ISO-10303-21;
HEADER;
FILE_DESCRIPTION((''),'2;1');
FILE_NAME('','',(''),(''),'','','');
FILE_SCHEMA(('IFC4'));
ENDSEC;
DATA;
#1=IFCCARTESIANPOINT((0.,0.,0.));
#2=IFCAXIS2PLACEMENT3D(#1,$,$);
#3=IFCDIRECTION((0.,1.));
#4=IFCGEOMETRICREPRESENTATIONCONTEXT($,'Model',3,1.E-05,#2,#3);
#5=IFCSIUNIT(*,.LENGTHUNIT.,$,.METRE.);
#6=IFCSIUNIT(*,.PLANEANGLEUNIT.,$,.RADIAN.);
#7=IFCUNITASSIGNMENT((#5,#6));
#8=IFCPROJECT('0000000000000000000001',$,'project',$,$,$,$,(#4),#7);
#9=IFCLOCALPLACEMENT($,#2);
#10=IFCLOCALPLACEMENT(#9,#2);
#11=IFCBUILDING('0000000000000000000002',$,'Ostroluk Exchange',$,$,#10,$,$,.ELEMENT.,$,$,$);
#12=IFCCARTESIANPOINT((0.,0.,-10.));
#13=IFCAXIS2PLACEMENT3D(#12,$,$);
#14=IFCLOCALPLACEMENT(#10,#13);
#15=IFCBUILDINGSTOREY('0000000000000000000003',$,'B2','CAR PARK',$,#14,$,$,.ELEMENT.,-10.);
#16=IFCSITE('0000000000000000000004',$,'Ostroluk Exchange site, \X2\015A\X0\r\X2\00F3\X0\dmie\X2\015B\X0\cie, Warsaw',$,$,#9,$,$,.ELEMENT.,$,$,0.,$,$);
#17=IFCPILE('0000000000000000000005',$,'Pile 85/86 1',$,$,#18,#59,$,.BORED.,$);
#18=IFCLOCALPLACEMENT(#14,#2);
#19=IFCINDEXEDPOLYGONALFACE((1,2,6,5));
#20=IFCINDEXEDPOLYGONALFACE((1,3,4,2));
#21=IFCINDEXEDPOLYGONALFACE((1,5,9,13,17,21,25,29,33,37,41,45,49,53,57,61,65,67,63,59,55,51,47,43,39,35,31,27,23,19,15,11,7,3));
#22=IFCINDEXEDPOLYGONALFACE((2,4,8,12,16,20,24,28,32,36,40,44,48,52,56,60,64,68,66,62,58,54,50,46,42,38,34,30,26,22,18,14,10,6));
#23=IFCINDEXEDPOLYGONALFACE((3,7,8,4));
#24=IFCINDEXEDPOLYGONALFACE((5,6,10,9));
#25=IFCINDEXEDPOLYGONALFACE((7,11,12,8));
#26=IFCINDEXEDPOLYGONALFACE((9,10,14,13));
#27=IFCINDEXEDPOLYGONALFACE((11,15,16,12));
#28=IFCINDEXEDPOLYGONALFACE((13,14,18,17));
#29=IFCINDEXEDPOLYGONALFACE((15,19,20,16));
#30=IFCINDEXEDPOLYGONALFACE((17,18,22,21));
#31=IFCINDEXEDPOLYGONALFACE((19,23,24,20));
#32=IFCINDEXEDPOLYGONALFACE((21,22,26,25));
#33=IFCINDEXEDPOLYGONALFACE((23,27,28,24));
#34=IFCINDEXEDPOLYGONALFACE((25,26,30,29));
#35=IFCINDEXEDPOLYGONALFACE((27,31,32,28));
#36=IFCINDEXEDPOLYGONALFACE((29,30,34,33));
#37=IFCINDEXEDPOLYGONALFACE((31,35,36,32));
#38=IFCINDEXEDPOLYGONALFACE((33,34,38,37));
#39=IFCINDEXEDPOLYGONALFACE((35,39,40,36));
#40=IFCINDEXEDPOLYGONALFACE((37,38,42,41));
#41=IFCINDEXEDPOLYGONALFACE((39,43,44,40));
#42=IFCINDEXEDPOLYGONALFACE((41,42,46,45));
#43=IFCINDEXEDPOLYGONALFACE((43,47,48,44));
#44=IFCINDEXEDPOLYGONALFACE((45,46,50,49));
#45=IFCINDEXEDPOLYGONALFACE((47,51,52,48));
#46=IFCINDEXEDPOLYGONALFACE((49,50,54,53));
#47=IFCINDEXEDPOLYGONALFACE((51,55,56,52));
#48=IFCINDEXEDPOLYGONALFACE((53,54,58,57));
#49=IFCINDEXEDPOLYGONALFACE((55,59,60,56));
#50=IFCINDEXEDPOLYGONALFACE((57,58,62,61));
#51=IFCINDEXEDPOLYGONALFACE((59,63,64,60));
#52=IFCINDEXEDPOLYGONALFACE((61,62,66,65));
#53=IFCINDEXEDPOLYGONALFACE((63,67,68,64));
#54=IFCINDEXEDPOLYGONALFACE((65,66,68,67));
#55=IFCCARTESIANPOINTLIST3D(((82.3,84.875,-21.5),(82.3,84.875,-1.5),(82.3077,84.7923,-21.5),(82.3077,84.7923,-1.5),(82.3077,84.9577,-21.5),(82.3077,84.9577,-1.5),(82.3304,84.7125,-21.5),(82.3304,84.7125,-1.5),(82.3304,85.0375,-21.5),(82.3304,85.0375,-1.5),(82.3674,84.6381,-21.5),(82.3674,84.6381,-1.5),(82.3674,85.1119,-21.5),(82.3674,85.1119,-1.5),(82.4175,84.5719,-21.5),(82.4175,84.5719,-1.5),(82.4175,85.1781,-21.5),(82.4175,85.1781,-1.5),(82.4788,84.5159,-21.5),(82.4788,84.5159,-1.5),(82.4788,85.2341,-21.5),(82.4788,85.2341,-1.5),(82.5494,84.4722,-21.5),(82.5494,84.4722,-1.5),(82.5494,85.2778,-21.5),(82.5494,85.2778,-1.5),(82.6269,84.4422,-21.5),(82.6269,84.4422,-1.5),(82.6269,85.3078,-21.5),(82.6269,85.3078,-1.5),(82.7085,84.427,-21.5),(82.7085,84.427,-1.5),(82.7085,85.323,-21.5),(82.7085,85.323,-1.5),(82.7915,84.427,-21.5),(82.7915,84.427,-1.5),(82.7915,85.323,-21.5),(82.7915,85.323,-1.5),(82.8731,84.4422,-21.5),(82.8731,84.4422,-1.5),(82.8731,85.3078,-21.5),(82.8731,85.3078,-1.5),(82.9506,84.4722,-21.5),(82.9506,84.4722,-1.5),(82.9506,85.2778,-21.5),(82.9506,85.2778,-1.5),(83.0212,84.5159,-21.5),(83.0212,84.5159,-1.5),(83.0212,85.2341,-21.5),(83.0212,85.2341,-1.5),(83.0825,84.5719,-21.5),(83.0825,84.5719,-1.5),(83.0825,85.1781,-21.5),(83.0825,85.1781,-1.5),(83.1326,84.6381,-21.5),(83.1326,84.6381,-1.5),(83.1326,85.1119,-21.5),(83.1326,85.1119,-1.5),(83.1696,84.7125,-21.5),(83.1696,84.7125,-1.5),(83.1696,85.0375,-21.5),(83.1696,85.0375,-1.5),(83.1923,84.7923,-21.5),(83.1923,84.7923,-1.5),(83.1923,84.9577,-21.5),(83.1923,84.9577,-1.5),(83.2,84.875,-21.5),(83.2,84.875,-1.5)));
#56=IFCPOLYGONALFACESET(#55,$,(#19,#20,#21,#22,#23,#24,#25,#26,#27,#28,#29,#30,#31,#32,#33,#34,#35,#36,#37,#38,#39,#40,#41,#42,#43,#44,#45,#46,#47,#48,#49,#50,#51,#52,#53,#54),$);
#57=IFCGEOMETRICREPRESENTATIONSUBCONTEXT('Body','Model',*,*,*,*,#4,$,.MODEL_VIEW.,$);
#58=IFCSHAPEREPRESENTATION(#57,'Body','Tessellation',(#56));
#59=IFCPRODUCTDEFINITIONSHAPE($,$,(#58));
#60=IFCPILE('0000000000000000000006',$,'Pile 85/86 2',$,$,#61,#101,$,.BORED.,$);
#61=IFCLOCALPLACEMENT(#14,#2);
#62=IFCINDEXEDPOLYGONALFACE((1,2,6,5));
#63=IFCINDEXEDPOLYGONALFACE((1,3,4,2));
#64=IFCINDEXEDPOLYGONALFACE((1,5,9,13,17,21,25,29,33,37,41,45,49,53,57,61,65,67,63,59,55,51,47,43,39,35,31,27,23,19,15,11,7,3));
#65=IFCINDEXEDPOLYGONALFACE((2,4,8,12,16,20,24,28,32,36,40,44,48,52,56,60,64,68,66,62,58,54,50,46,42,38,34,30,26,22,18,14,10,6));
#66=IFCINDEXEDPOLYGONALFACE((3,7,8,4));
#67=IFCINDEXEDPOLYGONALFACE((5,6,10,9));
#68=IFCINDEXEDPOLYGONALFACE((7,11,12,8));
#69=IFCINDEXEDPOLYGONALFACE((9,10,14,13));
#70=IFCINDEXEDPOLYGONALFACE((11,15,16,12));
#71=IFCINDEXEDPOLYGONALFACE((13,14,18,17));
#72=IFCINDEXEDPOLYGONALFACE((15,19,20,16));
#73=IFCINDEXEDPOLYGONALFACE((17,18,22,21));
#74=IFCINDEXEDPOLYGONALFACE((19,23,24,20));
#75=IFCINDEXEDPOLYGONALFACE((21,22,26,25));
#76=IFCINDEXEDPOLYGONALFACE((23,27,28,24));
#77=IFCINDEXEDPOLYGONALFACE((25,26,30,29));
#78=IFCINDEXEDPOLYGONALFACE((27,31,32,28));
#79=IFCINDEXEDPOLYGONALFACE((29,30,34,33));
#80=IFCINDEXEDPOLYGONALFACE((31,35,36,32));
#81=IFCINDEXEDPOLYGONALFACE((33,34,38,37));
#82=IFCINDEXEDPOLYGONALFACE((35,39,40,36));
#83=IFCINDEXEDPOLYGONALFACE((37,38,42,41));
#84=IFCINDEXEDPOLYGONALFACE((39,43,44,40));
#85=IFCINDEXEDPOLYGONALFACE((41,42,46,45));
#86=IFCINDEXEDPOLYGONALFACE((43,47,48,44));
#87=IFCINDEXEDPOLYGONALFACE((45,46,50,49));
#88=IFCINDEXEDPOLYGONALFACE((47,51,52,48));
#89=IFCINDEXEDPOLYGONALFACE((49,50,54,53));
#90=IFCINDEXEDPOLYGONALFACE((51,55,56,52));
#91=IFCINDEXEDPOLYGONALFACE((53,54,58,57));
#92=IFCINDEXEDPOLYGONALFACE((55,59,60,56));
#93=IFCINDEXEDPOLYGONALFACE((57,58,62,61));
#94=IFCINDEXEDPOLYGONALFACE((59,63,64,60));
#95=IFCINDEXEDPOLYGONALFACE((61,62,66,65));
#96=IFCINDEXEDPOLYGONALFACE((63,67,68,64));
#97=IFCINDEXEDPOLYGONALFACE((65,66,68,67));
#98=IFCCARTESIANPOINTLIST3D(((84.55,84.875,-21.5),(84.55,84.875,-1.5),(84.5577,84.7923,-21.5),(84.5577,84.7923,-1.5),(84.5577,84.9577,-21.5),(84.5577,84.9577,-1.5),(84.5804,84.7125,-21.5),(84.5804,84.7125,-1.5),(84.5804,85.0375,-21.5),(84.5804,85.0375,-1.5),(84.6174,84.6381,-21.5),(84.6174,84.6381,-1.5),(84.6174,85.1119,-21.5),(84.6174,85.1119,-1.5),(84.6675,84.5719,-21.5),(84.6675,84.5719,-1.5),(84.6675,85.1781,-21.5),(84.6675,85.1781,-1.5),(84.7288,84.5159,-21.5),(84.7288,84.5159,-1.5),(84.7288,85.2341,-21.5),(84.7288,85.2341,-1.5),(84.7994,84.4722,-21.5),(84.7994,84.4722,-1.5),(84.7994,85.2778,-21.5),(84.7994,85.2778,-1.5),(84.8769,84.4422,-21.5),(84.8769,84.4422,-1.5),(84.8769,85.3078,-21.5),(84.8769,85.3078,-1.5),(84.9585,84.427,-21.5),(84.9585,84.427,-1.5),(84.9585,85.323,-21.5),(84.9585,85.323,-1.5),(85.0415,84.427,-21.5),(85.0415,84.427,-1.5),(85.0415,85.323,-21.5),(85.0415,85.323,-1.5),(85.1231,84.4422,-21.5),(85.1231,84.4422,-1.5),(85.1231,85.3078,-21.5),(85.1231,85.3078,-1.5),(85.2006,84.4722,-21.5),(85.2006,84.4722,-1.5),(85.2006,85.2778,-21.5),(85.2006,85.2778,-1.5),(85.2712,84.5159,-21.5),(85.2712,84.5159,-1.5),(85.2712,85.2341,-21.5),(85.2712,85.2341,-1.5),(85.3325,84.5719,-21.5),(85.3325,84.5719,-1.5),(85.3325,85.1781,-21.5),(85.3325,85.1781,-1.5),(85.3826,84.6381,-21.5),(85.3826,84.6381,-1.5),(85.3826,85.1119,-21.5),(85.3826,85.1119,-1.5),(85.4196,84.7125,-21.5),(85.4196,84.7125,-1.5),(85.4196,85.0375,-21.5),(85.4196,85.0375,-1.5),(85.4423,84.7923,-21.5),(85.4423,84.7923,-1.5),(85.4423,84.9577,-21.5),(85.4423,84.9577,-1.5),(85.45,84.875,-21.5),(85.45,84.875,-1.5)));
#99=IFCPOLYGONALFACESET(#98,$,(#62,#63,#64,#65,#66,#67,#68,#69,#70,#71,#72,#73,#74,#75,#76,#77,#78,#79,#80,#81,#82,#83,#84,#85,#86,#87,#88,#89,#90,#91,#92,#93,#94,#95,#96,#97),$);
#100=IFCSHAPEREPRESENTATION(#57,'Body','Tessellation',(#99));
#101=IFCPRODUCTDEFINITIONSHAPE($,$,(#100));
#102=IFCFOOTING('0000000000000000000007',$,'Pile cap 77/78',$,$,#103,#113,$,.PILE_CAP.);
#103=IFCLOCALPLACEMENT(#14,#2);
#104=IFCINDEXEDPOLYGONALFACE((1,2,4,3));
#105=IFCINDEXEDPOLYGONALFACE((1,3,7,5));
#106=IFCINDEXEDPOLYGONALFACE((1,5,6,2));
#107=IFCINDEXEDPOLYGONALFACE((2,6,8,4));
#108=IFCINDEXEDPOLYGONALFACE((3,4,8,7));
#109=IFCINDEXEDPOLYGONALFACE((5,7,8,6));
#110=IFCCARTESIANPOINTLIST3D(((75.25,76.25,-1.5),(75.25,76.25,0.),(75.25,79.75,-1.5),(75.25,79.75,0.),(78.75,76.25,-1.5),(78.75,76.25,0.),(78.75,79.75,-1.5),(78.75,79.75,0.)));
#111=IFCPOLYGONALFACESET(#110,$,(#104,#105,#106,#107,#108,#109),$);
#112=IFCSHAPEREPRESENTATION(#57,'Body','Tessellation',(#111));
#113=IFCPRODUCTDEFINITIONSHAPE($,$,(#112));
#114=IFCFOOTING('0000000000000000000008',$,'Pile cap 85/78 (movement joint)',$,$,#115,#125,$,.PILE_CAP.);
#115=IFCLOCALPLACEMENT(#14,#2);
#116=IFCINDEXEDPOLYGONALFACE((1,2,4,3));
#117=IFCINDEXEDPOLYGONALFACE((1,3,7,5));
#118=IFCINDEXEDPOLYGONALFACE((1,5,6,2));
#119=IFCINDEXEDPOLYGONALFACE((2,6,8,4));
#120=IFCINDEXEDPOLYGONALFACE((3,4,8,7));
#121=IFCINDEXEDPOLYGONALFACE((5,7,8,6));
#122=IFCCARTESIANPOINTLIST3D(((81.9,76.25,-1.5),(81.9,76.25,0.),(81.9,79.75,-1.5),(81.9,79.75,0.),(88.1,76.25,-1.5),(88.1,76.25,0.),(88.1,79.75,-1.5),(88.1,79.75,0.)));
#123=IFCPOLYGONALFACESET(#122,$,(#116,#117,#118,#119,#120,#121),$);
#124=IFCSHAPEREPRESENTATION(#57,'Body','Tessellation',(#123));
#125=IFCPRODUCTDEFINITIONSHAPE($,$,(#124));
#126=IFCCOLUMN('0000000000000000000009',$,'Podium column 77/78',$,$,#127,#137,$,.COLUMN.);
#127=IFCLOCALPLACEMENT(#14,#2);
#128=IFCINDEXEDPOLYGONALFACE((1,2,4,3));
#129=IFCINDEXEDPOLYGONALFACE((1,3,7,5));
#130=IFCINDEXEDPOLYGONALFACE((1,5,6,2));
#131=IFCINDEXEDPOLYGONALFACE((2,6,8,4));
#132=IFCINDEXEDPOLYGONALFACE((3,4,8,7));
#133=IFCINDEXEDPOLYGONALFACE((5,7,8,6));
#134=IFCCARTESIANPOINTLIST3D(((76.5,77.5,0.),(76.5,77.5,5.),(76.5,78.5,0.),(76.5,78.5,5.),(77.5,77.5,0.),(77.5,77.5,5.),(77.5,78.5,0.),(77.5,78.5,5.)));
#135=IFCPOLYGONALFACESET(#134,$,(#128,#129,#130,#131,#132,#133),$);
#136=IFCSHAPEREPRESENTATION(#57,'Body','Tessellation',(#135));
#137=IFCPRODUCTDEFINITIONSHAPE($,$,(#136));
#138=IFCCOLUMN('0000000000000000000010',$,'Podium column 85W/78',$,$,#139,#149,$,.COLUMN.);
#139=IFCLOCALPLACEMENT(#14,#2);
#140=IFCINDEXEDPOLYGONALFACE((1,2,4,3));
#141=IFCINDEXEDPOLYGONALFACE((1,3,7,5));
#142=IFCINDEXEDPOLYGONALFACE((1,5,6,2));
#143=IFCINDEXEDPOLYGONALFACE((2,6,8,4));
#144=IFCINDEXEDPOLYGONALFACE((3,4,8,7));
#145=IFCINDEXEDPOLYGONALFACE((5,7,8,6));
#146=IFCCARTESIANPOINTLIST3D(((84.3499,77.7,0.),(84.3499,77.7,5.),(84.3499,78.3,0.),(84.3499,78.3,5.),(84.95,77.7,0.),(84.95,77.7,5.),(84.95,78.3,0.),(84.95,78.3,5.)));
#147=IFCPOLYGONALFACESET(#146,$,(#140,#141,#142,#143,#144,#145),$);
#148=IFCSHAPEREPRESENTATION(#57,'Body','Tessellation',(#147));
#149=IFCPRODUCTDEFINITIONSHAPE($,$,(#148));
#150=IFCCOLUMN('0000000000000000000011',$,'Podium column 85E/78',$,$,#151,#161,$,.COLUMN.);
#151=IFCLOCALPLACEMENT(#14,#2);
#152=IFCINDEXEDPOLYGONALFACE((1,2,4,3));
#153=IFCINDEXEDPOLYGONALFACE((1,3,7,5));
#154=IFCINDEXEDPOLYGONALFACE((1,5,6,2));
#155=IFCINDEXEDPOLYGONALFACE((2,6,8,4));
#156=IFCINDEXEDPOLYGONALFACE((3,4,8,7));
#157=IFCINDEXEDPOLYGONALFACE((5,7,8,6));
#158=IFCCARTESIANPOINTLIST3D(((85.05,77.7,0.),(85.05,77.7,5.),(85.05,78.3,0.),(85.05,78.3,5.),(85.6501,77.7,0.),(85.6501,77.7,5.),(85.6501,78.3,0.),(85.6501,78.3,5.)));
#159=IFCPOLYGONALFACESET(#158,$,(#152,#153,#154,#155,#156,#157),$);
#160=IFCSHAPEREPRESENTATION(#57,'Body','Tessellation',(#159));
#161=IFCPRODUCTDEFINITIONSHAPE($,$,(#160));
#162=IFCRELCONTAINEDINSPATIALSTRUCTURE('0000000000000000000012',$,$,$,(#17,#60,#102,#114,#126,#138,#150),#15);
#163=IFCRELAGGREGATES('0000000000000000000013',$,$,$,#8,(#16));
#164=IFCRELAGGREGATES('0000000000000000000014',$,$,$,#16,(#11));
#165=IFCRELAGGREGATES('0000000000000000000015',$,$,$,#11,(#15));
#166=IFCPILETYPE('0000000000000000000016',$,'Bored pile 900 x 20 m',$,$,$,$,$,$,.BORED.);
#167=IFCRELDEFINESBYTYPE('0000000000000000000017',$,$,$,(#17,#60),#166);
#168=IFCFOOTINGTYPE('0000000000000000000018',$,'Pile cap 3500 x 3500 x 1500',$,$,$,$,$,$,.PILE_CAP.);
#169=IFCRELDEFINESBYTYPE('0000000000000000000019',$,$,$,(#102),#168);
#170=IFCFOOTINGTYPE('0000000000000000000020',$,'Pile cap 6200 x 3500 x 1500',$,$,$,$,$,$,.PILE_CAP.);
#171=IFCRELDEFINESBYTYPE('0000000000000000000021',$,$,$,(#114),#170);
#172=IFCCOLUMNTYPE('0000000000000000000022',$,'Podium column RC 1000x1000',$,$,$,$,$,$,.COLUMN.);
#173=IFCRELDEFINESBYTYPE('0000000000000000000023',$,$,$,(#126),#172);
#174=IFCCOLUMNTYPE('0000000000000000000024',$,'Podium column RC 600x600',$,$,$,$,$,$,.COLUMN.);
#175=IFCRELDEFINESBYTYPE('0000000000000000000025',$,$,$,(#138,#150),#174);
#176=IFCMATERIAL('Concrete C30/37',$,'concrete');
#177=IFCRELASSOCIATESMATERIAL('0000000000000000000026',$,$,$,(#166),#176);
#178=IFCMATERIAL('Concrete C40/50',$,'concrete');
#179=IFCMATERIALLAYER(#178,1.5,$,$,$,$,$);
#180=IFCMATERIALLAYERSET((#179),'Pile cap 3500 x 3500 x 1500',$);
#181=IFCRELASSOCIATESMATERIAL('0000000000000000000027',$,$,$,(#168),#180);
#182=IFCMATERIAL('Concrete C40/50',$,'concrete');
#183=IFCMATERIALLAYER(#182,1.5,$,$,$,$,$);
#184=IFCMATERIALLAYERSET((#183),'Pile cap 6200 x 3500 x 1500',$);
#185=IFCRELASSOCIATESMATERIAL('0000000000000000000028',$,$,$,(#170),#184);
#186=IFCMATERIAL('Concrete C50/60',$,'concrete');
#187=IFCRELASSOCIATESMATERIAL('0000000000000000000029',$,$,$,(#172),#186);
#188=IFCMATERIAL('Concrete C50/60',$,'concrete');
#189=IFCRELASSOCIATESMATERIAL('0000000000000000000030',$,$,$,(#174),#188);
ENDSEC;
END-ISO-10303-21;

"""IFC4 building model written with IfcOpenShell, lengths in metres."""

from ifc_helpers import new_model, si_unit, direction, frame, origin, origin_2d, place, context, subcontext, project, spatial, rectangle, circle, extrude, material, layer, layer_set, material_profile, profile_set, type_object, element, save


model = new_model("IFC4")

# Units and contexts
model_context = context("Model", 3, precision=1e-05, world=origin(), true_north=direction((0.0, 1.0)))
body_context = subcontext(model_context, "Body", "Model", "MODEL_VIEW")
ifc_project = project(units=[si_unit("LENGTHUNIT", "METRE"), si_unit("PLANEANGLEUNIT", "RADIAN")], contexts=[model_context])

# Site, building, storey
site_placement = place(None, origin())
site = spatial("IfcSite", under=ifc_project, at=site_placement, Name="Ostroluk Exchange site, Śródmieście, Warsaw", CompositionType="ELEMENT", RefElevation=0.0)
building_placement = place(site_placement, origin())
building = spatial("IfcBuilding", under=site, at=building_placement, Name="Ostroluk Exchange", CompositionType="ELEMENT")
storey_placement = place(building_placement, frame((0.0, 0.0, -10.0)))
storey = spatial("IfcBuildingStorey", under=building, at=storey_placement, Name="B2", Description="CAR PARK", CompositionType="ELEMENT", Elevation=-10.0)

# Piles
ifc_material_1 = material(Name="Concrete C30/37", Category="concrete")
pile_type = type_object("IfcPileType", Name="Bored pile 900 x 20 m", PredefinedType="BORED", material=ifc_material_1)
for number, where, z_axis, x_axis, name in (
    (1, (82.75, 84.875, -1.5), (0.0, 0.0, -1.0), (1.0, 0.0, 0.0), "Pile 85/86 1"),
    (2, (85.0, 84.875, -1.5), (0.0, 0.0, -1.0), (1.0, 0.0, 0.0), "Pile 85/86 2"),
):
    element("IfcPile", number, at=place(storey_placement, frame(where, z_axis=z_axis, x_axis=x_axis)), inside=storey, type_object=pile_type, Name=name, PredefinedType="BORED", context=body_context, shape_type="SweptSolid", body=[
        extrude(circle(Radius=0.45, at=origin_2d()), origin(), (0.0, 0.0, 1.0), 20.0),
    ])

# Footings
ifc_material_2 = material(Name="Concrete C40/50", Category="concrete")
ifc_layer_1 = layer(ifc_material_2, 1.5)
ifc_layer_set_1 = layer_set([ifc_layer_1], Name="Pile cap 3500 x 3500 x 1500")
footing_type_1 = type_object("IfcFootingType", Name="Pile cap 3500 x 3500 x 1500", PredefinedType="PILE_CAP", material=ifc_layer_set_1)
footing_1_placement = place(storey_placement, frame((77.0, 78.0, -1.5), z_axis=(0.0, 0.0, 1.0), x_axis=(1.0, 0.0, 0.0)))
element("IfcFooting", 3, at=footing_1_placement, inside=storey, type_object=footing_type_1, Name="Pile cap 77/78", PredefinedType="PILE_CAP", context=body_context, shape_type="SweptSolid", body=[
    extrude(rectangle(XDim=3.5, YDim=3.5, at=origin_2d()), origin(), (0.0, 0.0, 1.0), 1.5),
])
ifc_material_3 = material(Name="Concrete C40/50", Category="concrete")
ifc_layer_2 = layer(ifc_material_3, 1.5)
ifc_layer_set_2 = layer_set([ifc_layer_2], Name="Pile cap 6200 x 3500 x 1500")
footing_type_2 = type_object("IfcFootingType", Name="Pile cap 6200 x 3500 x 1500", PredefinedType="PILE_CAP", material=ifc_layer_set_2)
footing_2_placement = place(storey_placement, frame((85.0, 78.0, -1.5), z_axis=(0.0, 0.0, 1.0), x_axis=(1.0, 0.0, 0.0)))
element("IfcFooting", 4, at=footing_2_placement, inside=storey, type_object=footing_type_2, Name="Pile cap 85/78 (movement joint)", PredefinedType="PILE_CAP", context=body_context, shape_type="SweptSolid", body=[
    extrude(rectangle(XDim=6.2, YDim=3.5, at=origin_2d()), origin(), (0.0, 0.0, 1.0), 1.5),
])

# Columns
ifc_material_4 = material(Name="Concrete C50/60", Category="concrete")
ifc_material_profile_1 = material_profile(ifc_material_4, rectangle(XDim=1.0, YDim=1.0, at=origin_2d()), Name="RC 1000x1000")
ifc_profile_set_1 = profile_set([ifc_material_profile_1], Name="Concrete C50/60")
column_type_1 = type_object("IfcColumnType", Name="Podium column RC 1000x1000", PredefinedType="COLUMN", material=ifc_profile_set_1)
column_placement = place(storey_placement, frame((77.0, 78.0, 0.0), z_axis=(0.0, 0.0, 1.0), x_axis=(1.0, 0.0, 0.0)))
element("IfcColumn", 5, at=column_placement, inside=storey, type_object=column_type_1, Name="Podium column 77/78", PredefinedType="COLUMN", context=body_context, shape_type="SweptSolid", body=[
    extrude(rectangle(XDim=1.0, YDim=1.0, at=origin_2d()), origin(), (0.0, 0.0, 1.0), 5.0),
])
ifc_material_5 = material(Name="Concrete C50/60", Category="concrete")
ifc_material_profile_2 = material_profile(ifc_material_5, rectangle(XDim=0.6001, YDim=0.6001, at=origin_2d()), Name="RC 600x600")
ifc_profile_set_2 = profile_set([ifc_material_profile_2], Name="Concrete C50/60")
column_type_2 = type_object("IfcColumnType", Name="Podium column RC 600x600", PredefinedType="COLUMN", material=ifc_profile_set_2)
for number, where, z_axis, x_axis, name in (
    (6, (84.6499, 78.0, 0.0), (0.0, 0.0, 1.0), (1.0, 0.0, 0.0), "Podium column 85W/78"),
    (7, (85.3501, 78.0, 0.0), (0.0, 0.0, 1.0), (1.0, 0.0, 0.0), "Podium column 85E/78"),
):
    element("IfcColumn", number, at=place(storey_placement, frame(where, z_axis=z_axis, x_axis=x_axis)), inside=storey, type_object=column_type_2, Name=name, PredefinedType="COLUMN", context=body_context, shape_type="SweptSolid", body=[
        extrude(rectangle(XDim=0.6001, YDim=0.6001, at=origin_2d()), origin(), (0.0, 0.0, 1.0), 5.0),
    ])

save(model, "model.ifc")
